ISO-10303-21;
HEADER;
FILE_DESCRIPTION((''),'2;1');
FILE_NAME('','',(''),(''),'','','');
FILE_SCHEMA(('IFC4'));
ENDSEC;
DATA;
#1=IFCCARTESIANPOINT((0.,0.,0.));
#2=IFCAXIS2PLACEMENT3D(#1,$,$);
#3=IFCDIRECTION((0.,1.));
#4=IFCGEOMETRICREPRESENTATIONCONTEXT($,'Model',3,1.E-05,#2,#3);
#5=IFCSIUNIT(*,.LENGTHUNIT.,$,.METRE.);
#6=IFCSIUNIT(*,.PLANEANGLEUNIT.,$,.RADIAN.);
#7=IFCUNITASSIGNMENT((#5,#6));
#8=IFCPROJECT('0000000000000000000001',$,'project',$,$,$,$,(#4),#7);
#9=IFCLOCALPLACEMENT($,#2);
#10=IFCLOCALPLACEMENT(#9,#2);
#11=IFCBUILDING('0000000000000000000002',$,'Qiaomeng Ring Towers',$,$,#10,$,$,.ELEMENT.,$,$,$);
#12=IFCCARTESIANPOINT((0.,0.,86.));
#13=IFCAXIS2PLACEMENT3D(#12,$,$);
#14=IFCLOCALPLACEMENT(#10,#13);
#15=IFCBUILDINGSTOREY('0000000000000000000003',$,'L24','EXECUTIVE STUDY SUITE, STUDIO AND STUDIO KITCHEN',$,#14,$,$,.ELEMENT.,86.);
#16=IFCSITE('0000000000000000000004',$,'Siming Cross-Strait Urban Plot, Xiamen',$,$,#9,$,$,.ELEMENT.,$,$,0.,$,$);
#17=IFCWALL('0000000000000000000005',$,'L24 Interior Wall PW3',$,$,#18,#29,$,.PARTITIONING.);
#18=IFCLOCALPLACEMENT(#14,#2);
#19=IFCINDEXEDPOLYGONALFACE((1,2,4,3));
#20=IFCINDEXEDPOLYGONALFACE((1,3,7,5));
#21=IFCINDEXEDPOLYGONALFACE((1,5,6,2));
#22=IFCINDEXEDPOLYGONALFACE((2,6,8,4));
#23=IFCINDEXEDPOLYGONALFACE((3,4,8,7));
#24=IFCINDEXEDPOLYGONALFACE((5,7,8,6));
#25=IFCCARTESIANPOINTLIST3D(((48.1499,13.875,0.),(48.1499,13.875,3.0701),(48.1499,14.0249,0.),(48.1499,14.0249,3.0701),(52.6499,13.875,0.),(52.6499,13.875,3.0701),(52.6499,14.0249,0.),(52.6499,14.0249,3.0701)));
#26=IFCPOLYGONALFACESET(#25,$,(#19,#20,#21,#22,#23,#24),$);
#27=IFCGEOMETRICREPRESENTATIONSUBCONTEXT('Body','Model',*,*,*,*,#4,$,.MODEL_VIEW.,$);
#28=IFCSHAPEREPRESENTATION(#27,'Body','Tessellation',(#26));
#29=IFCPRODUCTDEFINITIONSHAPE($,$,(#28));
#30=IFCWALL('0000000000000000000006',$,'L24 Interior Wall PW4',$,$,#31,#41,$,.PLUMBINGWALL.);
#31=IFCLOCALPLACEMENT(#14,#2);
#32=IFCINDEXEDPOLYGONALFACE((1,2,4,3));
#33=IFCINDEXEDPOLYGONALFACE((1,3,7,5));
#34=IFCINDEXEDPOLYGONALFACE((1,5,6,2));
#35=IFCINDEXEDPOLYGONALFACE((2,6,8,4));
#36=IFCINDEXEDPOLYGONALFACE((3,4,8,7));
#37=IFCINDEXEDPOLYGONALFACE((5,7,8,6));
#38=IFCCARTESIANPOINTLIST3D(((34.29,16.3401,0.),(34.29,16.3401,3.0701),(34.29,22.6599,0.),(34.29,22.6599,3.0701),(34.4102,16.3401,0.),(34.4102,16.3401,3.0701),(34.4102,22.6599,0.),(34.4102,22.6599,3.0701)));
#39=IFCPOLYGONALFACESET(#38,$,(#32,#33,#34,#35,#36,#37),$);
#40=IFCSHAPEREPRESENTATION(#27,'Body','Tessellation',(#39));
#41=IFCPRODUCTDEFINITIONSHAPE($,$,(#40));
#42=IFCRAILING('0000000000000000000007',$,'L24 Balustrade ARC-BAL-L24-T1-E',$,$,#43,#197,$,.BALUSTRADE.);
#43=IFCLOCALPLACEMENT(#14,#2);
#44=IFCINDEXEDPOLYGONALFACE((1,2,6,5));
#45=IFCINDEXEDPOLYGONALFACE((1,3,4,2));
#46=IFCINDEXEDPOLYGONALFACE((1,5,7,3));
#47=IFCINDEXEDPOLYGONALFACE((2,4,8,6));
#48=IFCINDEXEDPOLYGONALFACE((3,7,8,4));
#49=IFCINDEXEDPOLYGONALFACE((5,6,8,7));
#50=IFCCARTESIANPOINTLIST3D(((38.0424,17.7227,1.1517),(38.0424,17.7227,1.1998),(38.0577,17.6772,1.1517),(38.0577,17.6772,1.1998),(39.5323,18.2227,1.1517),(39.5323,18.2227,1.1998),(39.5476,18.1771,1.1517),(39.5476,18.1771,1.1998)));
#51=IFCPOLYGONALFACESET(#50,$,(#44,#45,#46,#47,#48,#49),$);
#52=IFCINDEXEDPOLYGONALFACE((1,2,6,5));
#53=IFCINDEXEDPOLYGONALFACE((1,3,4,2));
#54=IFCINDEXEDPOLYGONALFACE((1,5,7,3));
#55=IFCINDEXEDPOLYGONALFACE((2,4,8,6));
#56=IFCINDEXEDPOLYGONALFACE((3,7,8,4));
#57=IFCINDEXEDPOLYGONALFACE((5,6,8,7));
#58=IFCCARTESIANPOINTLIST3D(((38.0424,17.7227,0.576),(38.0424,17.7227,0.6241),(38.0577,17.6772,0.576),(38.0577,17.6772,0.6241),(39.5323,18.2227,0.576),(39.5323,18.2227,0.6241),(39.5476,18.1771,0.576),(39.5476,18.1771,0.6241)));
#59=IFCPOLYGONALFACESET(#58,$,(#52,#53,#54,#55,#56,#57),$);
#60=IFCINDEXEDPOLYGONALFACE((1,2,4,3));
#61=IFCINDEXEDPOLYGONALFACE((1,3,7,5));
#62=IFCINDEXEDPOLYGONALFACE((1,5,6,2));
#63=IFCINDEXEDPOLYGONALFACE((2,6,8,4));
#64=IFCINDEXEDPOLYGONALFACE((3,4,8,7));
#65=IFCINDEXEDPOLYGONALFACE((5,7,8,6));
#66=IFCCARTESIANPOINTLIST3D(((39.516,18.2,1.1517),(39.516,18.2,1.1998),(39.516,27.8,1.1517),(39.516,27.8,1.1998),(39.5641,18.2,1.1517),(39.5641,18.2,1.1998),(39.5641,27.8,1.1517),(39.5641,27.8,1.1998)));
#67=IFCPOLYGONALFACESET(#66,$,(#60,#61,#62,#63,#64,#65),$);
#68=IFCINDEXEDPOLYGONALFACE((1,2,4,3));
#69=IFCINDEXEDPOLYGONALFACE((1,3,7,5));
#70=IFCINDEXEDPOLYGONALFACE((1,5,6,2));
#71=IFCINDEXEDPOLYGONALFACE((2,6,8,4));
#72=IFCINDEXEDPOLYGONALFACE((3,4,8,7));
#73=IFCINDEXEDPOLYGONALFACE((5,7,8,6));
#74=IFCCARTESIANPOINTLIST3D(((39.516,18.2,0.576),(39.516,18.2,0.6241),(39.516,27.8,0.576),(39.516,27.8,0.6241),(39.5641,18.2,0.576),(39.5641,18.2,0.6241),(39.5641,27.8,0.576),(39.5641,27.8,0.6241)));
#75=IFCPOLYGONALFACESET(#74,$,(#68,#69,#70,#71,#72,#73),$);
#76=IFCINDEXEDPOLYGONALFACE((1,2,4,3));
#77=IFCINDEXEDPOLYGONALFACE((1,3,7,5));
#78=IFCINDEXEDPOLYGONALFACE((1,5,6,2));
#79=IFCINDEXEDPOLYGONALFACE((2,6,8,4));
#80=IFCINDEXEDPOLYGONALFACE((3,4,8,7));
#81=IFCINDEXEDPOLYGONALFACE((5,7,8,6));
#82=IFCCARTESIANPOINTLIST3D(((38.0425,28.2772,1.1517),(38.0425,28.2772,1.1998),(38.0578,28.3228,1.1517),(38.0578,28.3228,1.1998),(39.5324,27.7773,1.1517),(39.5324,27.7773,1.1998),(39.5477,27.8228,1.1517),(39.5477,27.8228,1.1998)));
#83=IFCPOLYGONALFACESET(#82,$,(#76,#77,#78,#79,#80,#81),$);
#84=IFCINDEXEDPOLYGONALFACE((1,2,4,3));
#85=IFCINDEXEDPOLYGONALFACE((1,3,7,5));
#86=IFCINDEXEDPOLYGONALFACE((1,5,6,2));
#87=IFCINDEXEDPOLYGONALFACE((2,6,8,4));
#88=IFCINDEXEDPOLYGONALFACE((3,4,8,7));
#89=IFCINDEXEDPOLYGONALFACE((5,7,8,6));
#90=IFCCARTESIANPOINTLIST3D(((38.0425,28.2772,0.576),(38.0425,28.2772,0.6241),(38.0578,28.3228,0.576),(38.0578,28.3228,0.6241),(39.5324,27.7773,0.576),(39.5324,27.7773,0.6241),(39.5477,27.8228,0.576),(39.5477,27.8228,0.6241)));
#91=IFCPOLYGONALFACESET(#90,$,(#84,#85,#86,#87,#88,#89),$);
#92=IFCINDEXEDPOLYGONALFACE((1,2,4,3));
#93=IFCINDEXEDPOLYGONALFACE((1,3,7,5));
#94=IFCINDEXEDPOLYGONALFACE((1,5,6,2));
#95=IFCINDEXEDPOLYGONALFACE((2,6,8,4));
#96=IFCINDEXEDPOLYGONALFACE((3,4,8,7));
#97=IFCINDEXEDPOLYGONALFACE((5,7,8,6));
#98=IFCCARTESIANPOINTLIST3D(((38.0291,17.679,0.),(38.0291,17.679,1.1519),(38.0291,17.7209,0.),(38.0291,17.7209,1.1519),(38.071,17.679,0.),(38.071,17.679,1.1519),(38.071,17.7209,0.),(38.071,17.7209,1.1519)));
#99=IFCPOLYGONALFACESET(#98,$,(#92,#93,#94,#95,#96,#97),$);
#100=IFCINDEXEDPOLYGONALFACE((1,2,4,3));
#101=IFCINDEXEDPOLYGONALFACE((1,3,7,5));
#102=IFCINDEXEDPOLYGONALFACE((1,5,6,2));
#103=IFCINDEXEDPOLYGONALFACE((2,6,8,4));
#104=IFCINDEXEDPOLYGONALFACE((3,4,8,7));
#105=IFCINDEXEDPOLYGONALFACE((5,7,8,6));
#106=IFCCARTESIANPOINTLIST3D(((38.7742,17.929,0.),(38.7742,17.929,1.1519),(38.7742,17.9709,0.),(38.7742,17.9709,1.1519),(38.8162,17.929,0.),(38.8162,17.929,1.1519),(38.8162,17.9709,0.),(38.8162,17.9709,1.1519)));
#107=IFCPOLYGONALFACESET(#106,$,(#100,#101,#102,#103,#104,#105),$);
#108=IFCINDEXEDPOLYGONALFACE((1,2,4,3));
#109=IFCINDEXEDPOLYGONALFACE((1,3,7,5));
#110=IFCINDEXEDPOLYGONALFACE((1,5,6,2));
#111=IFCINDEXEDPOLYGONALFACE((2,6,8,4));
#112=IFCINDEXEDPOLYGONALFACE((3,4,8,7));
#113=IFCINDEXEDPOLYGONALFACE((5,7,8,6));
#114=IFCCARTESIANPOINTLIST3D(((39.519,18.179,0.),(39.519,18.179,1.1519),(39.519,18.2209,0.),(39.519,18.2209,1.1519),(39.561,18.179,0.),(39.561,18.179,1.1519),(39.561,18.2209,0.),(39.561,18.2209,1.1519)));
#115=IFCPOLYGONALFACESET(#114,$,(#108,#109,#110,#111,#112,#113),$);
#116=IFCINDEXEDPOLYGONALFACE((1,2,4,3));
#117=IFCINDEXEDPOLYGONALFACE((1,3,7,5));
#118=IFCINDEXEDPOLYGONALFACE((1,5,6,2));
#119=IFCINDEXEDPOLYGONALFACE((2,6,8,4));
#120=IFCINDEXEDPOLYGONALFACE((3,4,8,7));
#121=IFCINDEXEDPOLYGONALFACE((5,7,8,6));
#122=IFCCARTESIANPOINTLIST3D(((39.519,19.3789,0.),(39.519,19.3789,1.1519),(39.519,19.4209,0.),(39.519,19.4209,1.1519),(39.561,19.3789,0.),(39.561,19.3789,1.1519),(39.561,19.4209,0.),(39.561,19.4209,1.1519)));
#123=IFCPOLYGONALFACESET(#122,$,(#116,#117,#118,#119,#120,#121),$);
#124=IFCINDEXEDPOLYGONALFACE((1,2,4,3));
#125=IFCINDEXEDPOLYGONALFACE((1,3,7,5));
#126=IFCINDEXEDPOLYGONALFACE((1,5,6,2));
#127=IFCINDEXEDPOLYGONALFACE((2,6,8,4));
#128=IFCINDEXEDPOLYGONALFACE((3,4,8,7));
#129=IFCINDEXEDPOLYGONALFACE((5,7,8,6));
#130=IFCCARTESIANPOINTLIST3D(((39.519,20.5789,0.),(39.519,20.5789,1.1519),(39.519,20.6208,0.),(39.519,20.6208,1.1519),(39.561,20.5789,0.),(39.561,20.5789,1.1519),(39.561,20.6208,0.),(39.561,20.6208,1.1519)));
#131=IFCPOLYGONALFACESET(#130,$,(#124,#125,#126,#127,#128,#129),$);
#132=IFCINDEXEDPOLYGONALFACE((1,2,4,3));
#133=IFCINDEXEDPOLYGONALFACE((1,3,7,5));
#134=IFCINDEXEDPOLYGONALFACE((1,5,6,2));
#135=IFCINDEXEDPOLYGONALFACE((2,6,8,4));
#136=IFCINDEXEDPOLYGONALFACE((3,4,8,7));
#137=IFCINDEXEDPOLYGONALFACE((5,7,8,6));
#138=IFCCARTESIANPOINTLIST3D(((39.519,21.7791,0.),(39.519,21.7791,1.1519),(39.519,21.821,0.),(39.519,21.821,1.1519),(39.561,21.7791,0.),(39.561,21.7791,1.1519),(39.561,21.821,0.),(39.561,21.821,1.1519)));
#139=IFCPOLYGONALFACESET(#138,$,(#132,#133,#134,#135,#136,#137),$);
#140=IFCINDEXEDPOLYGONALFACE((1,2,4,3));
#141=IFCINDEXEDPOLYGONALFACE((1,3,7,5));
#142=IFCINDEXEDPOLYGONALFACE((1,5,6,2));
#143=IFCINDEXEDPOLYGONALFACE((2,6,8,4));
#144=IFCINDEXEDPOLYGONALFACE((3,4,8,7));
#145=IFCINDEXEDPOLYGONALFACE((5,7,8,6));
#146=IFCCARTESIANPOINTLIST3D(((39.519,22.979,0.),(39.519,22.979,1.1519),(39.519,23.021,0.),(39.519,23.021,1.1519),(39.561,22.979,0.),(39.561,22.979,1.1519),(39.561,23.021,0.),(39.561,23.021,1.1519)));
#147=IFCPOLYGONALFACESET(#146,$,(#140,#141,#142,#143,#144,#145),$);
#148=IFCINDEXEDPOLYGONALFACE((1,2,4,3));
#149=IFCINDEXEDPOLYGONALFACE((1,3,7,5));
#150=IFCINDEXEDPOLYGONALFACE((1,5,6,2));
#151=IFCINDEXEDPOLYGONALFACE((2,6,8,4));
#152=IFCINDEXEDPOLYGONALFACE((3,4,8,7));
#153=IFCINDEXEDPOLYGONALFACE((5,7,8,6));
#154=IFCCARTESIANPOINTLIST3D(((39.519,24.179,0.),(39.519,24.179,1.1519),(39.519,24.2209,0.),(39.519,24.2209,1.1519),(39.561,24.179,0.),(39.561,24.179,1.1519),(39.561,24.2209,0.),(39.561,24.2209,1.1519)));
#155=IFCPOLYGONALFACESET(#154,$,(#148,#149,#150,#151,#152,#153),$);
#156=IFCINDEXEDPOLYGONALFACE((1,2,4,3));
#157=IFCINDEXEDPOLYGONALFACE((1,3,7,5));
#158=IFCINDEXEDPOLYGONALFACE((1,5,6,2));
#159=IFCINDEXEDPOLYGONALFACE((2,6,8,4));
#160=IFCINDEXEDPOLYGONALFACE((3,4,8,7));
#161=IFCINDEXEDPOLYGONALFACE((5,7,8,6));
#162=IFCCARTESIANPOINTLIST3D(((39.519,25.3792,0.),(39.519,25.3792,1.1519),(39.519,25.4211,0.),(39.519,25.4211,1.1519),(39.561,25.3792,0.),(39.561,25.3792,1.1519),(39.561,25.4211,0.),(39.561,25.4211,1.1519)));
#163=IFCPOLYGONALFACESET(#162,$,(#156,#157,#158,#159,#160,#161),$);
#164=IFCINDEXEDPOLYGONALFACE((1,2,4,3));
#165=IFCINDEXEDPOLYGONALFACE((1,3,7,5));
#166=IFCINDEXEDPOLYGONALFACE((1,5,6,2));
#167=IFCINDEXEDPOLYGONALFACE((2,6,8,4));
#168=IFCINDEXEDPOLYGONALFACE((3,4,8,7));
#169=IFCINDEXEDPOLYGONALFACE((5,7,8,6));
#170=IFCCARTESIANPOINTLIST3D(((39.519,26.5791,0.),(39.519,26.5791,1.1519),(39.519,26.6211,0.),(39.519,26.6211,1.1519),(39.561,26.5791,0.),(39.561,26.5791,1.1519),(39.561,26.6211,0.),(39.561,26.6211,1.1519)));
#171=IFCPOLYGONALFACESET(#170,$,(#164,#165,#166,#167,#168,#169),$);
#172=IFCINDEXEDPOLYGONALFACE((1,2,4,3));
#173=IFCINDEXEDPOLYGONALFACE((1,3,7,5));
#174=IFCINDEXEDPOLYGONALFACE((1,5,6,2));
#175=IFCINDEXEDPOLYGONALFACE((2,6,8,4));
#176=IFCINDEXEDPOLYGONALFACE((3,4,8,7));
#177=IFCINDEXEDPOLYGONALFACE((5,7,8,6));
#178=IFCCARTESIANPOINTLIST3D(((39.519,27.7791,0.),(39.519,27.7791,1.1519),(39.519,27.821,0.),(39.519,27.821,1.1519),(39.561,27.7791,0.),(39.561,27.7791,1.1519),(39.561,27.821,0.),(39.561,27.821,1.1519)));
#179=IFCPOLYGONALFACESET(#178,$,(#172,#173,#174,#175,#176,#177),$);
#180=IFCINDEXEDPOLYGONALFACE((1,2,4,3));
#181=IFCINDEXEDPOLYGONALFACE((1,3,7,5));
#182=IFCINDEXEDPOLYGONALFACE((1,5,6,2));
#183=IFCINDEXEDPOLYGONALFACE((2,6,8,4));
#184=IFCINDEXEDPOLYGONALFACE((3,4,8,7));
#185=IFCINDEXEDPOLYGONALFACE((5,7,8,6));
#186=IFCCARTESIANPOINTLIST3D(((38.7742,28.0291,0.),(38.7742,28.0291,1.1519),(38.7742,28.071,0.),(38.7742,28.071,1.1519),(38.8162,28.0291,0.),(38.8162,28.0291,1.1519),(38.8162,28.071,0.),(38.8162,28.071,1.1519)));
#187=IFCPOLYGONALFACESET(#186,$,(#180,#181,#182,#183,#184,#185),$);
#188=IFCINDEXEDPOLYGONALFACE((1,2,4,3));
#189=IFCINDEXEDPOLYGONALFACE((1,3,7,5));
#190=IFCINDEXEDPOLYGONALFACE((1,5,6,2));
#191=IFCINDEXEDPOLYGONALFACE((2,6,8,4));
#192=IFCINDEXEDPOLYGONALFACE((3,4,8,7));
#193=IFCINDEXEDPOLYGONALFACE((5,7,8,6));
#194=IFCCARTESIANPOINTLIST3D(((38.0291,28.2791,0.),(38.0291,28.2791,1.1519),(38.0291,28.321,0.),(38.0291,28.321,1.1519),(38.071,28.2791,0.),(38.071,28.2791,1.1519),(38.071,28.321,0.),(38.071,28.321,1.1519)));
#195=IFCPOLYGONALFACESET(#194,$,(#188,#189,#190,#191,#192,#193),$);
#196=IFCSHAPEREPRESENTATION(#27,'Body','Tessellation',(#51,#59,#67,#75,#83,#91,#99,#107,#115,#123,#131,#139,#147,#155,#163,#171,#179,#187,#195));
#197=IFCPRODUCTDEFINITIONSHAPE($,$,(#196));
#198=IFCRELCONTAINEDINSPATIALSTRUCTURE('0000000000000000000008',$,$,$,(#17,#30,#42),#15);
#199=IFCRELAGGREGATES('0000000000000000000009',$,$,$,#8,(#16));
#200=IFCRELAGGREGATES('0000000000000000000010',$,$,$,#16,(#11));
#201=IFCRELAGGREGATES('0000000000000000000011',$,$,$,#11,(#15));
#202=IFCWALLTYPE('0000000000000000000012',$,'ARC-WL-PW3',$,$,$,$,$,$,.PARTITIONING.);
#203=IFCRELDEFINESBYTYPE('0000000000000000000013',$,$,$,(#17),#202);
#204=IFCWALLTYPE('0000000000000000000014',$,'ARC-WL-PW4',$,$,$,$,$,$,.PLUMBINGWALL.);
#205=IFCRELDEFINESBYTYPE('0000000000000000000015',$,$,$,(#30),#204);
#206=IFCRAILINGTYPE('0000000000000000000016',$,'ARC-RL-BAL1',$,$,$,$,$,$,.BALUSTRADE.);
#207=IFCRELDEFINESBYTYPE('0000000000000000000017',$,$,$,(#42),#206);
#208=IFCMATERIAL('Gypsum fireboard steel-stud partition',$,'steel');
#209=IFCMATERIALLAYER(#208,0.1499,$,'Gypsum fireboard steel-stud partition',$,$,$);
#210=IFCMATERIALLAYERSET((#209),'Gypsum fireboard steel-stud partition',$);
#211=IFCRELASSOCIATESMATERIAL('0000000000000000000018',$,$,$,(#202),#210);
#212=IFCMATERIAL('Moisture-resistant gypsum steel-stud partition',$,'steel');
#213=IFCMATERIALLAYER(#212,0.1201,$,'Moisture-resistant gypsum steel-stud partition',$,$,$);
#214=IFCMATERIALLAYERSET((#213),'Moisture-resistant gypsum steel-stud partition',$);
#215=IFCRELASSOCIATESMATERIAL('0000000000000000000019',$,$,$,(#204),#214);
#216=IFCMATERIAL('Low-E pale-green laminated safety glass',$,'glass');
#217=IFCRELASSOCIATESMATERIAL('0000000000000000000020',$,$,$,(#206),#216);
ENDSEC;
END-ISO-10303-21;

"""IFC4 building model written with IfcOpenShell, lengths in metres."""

from ifc_helpers import new_model, si_unit, direction, frame, frame_2d, origin, origin_2d, place, context, subcontext, project, spatial, rectangle, extrude, material, layer, layer_set, type_object, element, save


model = new_model("IFC4")

# Units and contexts
model_context = context("Model", 3, precision=1e-05, world=origin(), true_north=direction((0.0, 1.0)))
body_context = subcontext(model_context, "Body", "Model", "MODEL_VIEW")
ifc_project = project(units=[si_unit("LENGTHUNIT", "METRE"), si_unit("PLANEANGLEUNIT", "RADIAN")], contexts=[model_context])

# Site, building, storey
site_placement = place(None, origin())
site = spatial("IfcSite", under=ifc_project, at=site_placement, Name="Siming Cross-Strait Urban Plot, Xiamen", CompositionType="ELEMENT", RefElevation=0.0)
building_placement = place(site_placement, origin())
building = spatial("IfcBuilding", under=site, at=building_placement, Name="Qiaomeng Ring Towers", CompositionType="ELEMENT")
storey_placement = place(building_placement, frame((0.0, 0.0, 86.0)))
storey = spatial("IfcBuildingStorey", under=building, at=storey_placement, Name="L24", Description="EXECUTIVE STUDY SUITE, STUDIO AND STUDIO KITCHEN", CompositionType="ELEMENT", Elevation=86.0)

# Walls
ifc_material_1 = material(Name="Gypsum fireboard steel-stud partition", Category="steel")
ifc_layer_1 = layer(ifc_material_1, 0.1499, Name="Gypsum fireboard steel-stud partition")
ifc_layer_set_1 = layer_set([ifc_layer_1], Name="Gypsum fireboard steel-stud partition")
wall_type_1 = type_object("IfcWallType", Name="ARC-WL-PW3", PredefinedType="PARTITIONING", material=ifc_layer_set_1)
wall_1_placement = place(storey_placement, frame((48.1499, 13.95, 0.0), z_axis=(0.0, 0.0, 1.0), x_axis=(1.0, 0.0, 0.0)))
element("IfcWall", 1, at=wall_1_placement, inside=storey, type_object=wall_type_1, Name="L24 Interior Wall PW3", PredefinedType="PARTITIONING", context=body_context, shape_type="SweptSolid", body=[
    extrude(rectangle(XDim=4.5, YDim=0.1499, at=frame_2d((2.25, 0.0))), origin(), (0.0, 0.0, 1.0), 3.0701),
])
ifc_material_2 = material(Name="Moisture-resistant gypsum steel-stud partition", Category="steel")
ifc_layer_2 = layer(ifc_material_2, 0.1201, Name="Moisture-resistant gypsum steel-stud partition")
ifc_layer_set_2 = layer_set([ifc_layer_2], Name="Moisture-resistant gypsum steel-stud partition")
wall_type_2 = type_object("IfcWallType", Name="ARC-WL-PW4", PredefinedType="PLUMBINGWALL", material=ifc_layer_set_2)
wall_2_placement = place(storey_placement, frame((34.3501, 16.3401, 0.0), z_axis=(0.0, 0.0, 1.0), x_axis=(0.0, 1.0, 0.0)))
element("IfcWall", 2, at=wall_2_placement, inside=storey, type_object=wall_type_2, Name="L24 Interior Wall PW4", PredefinedType="PLUMBINGWALL", context=body_context, shape_type="SweptSolid", body=[
    extrude(rectangle(XDim=6.3198, YDim=0.1201, at=frame_2d((3.1599, 0.0))), origin(), (0.0, 0.0, 1.0), 3.0701),
])

# Railing
ifc_material_3 = material(Name="Low-E pale-green laminated safety glass", Category="glass")
railing_type = type_object("IfcRailingType", Name="ARC-RL-BAL1", PredefinedType="BALUSTRADE", material=ifc_material_3)
railing_1_placement = place(storey_placement, frame((38.05, 17.7, 0.0)))
element("IfcRailing", 3, at=railing_1_placement, inside=storey, type_object=railing_type, Name="L24 Balustrade ARC-BAL-L24-T1-E", PredefinedType="BALUSTRADE", context=body_context, shape_type="SweptSolid", body=[
    extrude(rectangle(XDim=0.0481, YDim=0.0481, at=origin_2d()), frame((0.0, 0.0, 1.1758), z_axis=(0.948044, 0.318138, 0.0), x_axis=(-0.318138, 0.948044, 0.0)), (0.0, 0.0, 1.0), 1.5715),
    extrude(rectangle(XDim=0.0481, YDim=0.0481, at=origin_2d()), frame((0.0, 0.0, 0.6001), z_axis=(0.948044, 0.318138, 0.0), x_axis=(-0.318138, 0.948044, 0.0)), (0.0, 0.0, 1.0), 1.5715),
    extrude(rectangle(XDim=0.0481, YDim=0.0481, at=origin_2d()), frame((1.49, 0.5, 1.1758), z_axis=(0.0, 1.0, 0.0), x_axis=(-1.0, 0.0, 0.0)), (0.0, 0.0, 1.0), 9.6001),
    extrude(rectangle(XDim=0.0481, YDim=0.0481, at=origin_2d()), frame((1.49, 0.5, 0.6001), z_axis=(0.0, 1.0, 0.0), x_axis=(-1.0, 0.0, 0.0)), (0.0, 0.0, 1.0), 9.6001),
    extrude(rectangle(XDim=0.0481, YDim=0.0481, at=origin_2d()), frame((1.49, 10.1001, 1.1758), z_axis=(-0.948044, 0.318138, 0.0), x_axis=(-0.318138, -0.948044, 0.0)), (0.0, 0.0, 1.0), 1.5715),
    extrude(rectangle(XDim=0.0481, YDim=0.0481, at=origin_2d()), frame((1.49, 10.1001, 0.6001), z_axis=(-0.948044, 0.318138, 0.0), x_axis=(-0.318138, -0.948044, 0.0)), (0.0, 0.0, 1.0), 1.5715),
    extrude(rectangle(XDim=0.042, YDim=0.042, at=origin_2d()), origin(), (0.0, 0.0, 1.0), 1.1519),
    extrude(rectangle(XDim=0.042, YDim=0.042, at=origin_2d()), frame((0.7451, 0.25, 0.0)), (0.0, 0.0, 1.0), 1.1519),
    extrude(rectangle(XDim=0.042, YDim=0.042, at=origin_2d()), frame((1.49, 0.5, 0.0)), (0.0, 0.0, 1.0), 1.1519),
    extrude(rectangle(XDim=0.042, YDim=0.042, at=origin_2d()), frame((1.49, 1.7, 0.0)), (0.0, 0.0, 1.0), 1.1519),
    extrude(rectangle(XDim=0.042, YDim=0.042, at=origin_2d()), frame((1.49, 2.8999, 0.0)), (0.0, 0.0, 1.0), 1.1519),
    extrude(rectangle(XDim=0.042, YDim=0.042, at=origin_2d()), frame((1.49, 4.1001, 0.0)), (0.0, 0.0, 1.0), 1.1519),
    extrude(rectangle(XDim=0.042, YDim=0.042, at=origin_2d()), frame((1.49, 5.3, 0.0)), (0.0, 0.0, 1.0), 1.1519),
    extrude(rectangle(XDim=0.042, YDim=0.042, at=origin_2d()), frame((1.49, 6.5, 0.0)), (0.0, 0.0, 1.0), 1.1519),
    extrude(rectangle(XDim=0.042, YDim=0.042, at=origin_2d()), frame((1.49, 7.7002, 0.0)), (0.0, 0.0, 1.0), 1.1519),
    extrude(rectangle(XDim=0.042, YDim=0.042, at=origin_2d()), frame((1.49, 8.9001, 0.0)), (0.0, 0.0, 1.0), 1.1519),
    extrude(rectangle(XDim=0.042, YDim=0.042, at=origin_2d()), frame((1.49, 10.1001, 0.0)), (0.0, 0.0, 1.0), 1.1519),
    extrude(rectangle(XDim=0.042, YDim=0.042, at=origin_2d()), frame((0.7451, 10.3501, 0.0)), (0.0, 0.0, 1.0), 1.1519),
    extrude(rectangle(XDim=0.042, YDim=0.042, at=origin_2d()), frame((0.0, 10.6001, 0.0)), (0.0, 0.0, 1.0), 1.1519),
])

save(model, "model.ifc")
